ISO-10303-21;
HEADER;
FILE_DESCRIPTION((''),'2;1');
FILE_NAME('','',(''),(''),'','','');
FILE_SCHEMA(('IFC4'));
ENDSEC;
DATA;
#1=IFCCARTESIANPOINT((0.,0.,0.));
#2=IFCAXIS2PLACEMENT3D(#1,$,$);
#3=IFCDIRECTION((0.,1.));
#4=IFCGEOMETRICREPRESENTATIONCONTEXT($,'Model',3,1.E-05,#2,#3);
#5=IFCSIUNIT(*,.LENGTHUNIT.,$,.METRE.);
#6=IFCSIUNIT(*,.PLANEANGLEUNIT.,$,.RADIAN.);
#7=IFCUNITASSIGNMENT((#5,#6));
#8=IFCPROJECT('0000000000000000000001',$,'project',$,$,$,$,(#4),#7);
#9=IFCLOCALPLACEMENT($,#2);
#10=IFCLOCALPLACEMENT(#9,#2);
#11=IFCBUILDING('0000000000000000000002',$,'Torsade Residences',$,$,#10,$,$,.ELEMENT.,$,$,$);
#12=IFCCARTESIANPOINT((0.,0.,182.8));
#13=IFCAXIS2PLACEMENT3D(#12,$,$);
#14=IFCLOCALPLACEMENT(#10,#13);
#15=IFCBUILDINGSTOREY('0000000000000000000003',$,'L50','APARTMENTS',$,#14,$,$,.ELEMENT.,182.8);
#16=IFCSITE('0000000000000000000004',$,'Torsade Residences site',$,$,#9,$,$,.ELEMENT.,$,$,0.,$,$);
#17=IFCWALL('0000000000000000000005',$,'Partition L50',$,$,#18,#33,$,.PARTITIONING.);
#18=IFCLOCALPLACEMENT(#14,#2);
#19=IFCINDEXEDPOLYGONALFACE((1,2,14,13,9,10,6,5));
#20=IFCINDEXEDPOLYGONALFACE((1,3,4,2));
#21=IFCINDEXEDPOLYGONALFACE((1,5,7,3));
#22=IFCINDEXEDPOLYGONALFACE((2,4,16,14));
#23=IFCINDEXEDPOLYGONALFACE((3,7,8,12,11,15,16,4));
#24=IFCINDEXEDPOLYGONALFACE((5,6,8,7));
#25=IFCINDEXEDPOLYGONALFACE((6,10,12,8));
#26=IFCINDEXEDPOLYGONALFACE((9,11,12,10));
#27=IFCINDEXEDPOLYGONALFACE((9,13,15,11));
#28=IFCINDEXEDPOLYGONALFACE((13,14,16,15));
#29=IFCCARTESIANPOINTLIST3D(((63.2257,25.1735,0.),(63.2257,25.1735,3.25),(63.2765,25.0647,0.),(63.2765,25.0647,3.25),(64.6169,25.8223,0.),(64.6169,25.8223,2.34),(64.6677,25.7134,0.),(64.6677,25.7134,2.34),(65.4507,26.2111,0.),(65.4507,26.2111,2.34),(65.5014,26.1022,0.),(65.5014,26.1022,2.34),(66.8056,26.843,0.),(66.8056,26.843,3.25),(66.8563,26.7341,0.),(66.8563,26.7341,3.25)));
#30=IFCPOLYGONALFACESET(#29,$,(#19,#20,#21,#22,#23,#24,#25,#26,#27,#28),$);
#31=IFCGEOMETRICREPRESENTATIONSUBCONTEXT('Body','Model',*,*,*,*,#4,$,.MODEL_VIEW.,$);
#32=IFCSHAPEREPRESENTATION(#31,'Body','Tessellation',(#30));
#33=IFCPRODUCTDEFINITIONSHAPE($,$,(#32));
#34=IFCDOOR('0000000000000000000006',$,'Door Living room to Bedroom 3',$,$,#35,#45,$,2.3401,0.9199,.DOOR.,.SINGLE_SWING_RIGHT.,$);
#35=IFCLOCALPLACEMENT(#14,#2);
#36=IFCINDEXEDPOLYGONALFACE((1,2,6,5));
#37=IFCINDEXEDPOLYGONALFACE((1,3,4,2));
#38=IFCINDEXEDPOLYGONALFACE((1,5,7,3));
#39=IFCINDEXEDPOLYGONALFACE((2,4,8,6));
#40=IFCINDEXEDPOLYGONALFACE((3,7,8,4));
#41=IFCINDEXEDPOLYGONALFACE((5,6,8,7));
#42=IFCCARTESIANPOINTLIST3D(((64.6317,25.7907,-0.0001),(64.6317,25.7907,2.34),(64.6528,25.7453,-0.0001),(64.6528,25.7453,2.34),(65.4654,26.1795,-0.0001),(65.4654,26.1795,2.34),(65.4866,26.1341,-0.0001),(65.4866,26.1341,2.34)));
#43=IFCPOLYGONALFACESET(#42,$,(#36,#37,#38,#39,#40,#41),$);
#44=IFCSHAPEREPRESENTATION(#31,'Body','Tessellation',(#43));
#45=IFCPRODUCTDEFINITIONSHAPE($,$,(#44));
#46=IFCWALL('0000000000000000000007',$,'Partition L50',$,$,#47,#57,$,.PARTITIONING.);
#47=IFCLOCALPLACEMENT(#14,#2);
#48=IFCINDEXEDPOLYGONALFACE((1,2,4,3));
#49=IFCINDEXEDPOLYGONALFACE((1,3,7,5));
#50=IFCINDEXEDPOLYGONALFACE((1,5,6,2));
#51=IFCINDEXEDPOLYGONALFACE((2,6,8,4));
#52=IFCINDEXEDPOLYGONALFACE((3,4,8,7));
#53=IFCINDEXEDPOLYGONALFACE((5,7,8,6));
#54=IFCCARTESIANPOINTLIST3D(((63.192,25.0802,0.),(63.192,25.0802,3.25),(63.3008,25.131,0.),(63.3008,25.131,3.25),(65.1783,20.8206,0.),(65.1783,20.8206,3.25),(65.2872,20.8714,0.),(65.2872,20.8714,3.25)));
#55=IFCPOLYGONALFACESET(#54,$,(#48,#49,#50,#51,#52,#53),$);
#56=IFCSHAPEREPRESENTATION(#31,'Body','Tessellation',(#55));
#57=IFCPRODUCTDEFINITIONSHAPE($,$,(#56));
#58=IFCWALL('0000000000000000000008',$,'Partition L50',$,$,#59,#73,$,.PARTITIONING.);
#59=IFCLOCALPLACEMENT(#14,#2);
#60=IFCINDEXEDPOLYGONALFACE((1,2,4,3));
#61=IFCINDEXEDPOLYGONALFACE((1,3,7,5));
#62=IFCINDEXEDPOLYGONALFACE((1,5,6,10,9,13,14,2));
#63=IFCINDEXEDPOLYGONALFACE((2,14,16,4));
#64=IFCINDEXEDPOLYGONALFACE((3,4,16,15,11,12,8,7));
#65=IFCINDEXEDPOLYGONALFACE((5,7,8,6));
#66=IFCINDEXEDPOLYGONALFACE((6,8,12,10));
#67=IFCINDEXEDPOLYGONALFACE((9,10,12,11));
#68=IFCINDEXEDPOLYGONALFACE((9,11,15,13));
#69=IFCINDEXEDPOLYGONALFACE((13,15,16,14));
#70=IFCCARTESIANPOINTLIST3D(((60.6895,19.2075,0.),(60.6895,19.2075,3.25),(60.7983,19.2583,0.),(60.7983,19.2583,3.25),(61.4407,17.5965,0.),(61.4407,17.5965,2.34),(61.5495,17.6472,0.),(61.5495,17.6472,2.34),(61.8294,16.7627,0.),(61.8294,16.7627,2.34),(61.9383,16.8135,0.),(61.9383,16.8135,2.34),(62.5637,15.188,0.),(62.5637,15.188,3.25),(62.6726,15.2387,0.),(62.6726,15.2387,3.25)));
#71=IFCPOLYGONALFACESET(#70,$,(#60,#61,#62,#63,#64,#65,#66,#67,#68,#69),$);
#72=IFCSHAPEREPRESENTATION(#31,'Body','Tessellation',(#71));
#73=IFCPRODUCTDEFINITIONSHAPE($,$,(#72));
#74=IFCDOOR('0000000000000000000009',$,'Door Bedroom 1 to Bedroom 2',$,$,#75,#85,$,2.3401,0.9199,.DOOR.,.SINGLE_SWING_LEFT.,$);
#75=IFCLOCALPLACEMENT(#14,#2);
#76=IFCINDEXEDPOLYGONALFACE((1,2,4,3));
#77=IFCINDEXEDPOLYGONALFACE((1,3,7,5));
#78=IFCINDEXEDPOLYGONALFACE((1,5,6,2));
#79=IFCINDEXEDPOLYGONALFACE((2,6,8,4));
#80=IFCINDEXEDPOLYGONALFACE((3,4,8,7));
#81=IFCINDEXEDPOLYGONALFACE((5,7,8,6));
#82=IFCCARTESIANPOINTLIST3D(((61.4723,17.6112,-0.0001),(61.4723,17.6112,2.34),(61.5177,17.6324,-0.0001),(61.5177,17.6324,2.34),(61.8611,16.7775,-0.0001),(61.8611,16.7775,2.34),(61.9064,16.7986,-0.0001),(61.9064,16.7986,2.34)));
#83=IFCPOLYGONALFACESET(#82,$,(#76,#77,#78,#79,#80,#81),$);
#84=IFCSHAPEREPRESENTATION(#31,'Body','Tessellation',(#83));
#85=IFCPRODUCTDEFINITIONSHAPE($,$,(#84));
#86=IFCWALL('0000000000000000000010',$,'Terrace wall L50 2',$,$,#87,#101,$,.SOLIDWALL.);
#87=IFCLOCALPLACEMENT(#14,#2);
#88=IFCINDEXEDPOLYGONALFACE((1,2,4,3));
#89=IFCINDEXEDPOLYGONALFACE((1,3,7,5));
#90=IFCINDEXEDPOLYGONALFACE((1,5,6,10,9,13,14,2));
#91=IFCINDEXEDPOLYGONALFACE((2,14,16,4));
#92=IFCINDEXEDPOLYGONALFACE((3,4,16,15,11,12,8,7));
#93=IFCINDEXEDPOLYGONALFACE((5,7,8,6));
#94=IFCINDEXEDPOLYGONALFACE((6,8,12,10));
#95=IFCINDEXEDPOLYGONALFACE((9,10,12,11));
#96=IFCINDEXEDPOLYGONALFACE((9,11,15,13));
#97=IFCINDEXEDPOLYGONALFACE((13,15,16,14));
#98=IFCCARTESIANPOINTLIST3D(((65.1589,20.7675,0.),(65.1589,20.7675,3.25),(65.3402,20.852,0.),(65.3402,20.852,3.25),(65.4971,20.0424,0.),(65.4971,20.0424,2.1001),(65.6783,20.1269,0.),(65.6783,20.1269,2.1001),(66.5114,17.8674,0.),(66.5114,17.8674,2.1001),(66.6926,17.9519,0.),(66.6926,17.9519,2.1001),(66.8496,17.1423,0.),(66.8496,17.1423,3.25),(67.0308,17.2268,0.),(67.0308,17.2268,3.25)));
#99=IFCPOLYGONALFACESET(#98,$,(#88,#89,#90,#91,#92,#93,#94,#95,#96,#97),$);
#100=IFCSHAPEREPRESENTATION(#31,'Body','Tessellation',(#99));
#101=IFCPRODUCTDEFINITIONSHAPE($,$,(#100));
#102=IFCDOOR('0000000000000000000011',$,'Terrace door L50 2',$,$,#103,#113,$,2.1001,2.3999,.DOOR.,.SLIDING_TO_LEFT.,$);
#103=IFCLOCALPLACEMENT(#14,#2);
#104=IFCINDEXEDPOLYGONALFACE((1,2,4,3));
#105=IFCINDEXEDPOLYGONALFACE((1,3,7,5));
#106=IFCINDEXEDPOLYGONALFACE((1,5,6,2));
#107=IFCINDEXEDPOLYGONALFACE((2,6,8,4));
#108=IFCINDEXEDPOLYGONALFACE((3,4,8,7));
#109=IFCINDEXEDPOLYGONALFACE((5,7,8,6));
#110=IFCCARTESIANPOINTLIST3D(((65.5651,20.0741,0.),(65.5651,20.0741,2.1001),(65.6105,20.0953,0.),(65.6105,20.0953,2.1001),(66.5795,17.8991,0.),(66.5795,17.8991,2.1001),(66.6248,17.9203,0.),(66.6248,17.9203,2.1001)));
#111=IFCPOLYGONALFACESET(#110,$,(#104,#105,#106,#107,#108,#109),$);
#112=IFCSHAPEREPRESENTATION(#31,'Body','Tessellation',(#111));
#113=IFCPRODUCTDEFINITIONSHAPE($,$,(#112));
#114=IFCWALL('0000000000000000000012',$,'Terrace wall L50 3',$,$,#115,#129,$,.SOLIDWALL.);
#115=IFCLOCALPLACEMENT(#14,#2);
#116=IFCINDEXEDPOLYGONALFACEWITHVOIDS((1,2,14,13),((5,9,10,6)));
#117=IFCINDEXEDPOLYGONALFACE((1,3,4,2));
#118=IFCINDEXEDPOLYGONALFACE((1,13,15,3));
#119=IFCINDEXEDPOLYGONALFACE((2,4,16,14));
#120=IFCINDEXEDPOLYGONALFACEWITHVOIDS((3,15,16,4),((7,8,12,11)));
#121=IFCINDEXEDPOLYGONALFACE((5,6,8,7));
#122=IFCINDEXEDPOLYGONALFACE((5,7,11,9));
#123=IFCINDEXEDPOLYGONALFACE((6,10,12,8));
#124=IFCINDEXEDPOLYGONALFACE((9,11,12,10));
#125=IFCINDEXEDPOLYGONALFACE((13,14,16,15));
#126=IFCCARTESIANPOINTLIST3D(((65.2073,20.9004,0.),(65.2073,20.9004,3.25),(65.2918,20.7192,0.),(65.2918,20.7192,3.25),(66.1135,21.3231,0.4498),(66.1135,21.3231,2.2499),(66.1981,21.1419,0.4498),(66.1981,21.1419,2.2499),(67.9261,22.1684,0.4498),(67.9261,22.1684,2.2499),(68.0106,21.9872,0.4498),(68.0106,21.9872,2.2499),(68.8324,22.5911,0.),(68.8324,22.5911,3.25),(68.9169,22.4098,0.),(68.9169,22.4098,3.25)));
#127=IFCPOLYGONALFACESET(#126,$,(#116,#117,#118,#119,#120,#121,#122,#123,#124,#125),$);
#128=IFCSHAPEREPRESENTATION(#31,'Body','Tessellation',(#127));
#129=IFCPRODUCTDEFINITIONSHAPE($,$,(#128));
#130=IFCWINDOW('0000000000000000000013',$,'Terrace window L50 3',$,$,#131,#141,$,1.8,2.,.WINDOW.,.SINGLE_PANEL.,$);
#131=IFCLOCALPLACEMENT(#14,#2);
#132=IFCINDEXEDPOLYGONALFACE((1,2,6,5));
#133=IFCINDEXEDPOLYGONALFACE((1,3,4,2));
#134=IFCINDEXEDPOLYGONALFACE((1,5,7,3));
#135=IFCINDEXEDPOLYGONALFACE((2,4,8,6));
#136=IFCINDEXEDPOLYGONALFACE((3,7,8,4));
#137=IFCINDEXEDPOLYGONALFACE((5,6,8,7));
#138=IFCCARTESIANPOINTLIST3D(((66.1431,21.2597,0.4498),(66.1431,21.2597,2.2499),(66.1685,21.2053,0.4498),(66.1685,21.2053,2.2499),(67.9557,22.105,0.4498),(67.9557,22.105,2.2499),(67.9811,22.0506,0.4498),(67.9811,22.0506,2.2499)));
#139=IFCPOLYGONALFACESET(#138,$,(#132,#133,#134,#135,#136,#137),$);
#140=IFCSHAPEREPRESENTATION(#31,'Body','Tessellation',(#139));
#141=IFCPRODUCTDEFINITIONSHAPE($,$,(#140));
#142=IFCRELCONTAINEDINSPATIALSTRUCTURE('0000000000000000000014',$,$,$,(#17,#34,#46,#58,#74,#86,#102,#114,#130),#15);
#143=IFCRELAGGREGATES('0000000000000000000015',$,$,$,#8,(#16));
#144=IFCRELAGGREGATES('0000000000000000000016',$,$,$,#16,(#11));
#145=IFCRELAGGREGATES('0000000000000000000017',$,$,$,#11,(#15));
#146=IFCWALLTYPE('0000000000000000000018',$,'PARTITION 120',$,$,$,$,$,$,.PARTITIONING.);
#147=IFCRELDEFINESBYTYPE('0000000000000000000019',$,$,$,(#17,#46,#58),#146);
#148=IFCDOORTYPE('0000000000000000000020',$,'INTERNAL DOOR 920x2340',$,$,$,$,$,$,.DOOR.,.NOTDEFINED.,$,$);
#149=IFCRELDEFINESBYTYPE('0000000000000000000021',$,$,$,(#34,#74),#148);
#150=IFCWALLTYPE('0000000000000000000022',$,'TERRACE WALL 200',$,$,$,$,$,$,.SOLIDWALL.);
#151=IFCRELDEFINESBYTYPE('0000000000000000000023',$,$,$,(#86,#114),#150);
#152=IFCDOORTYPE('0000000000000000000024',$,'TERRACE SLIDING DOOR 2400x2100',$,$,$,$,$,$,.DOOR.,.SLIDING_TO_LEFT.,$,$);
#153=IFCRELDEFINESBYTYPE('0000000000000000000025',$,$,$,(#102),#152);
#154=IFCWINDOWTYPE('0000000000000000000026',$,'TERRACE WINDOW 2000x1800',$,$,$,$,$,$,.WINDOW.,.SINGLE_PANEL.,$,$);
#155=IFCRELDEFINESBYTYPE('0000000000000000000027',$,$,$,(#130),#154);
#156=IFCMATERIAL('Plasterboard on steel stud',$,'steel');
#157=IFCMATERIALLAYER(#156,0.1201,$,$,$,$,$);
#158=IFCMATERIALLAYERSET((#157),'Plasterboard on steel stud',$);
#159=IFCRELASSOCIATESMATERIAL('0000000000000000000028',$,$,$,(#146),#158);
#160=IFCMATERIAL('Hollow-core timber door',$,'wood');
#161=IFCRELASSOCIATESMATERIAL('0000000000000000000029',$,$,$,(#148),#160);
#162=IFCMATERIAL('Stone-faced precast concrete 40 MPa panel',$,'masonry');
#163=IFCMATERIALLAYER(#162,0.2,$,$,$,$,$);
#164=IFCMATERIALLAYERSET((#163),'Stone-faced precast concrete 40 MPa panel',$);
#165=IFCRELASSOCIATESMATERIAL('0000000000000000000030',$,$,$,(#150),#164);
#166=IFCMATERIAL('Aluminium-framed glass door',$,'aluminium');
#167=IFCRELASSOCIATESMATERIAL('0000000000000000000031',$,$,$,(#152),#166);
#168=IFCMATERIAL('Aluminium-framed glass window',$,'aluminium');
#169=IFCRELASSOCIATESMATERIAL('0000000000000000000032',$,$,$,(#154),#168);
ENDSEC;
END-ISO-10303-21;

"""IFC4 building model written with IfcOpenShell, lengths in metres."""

from ifc_helpers import new_model, si_unit, direction, frame, frame_2d, origin, place, context, subcontext, project, spatial, rectangle, extrude, material, layer, layer_set, type_object, element, fill, save


model = new_model("IFC4")

# Units and contexts
model_context = context("Model", 3, precision=1e-05, world=origin(), true_north=direction((0.0, 1.0)))
body_context = subcontext(model_context, "Body", "Model", "MODEL_VIEW")
ifc_project = project(units=[si_unit("LENGTHUNIT", "METRE"), si_unit("PLANEANGLEUNIT", "RADIAN")], contexts=[model_context])

# Site, building, storey
site_placement = place(None, origin())
site = spatial("IfcSite", under=ifc_project, at=site_placement, Name="Torsade Residences site", CompositionType="ELEMENT", RefElevation=0.0)
building_placement = place(site_placement, origin())
building = spatial("IfcBuilding", under=site, at=building_placement, Name="Torsade Residences", CompositionType="ELEMENT")
storey_placement = place(building_placement, frame((0.0, 0.0, 182.8)))
storey = spatial("IfcBuildingStorey", under=building, at=storey_placement, Name="L50", Description="APARTMENTS", CompositionType="ELEMENT", Elevation=182.8)

# Shared definitions
ifc_material_1 = material(Name="Plasterboard on steel stud", Category="steel")
ifc_layer_1 = layer(ifc_material_1, 0.1201)
ifc_layer_set_1 = layer_set([ifc_layer_1], Name="Plasterboard on steel stud")
wall_type_1 = type_object("IfcWallType", Name="PARTITION 120", PredefinedType="PARTITIONING", material=ifc_layer_set_1)

# Wall, opening, door
wall_1_placement = place(storey_placement, frame((66.8311, 26.7886, 0.0), z_axis=(0.0, 0.0, 1.0), x_axis=(-0.906295, -0.422645, 0.0)))
wall_1 = element("IfcWall", 1, at=wall_1_placement, inside=storey, type_object=wall_type_1, Name="Partition L50", PredefinedType="PARTITIONING", context=body_context, shape_type="SweptSolid", body=[
    extrude(rectangle(XDim=3.95, YDim=0.1201, at=frame_2d((1.9751, 0.0))), origin(), (0.0, 0.0, 1.0), 3.25),
])
opening_1_placement = place(wall_1_placement, frame((1.4951, 0.0, 0.0)))
opening_1 = element("IfcOpeningElement", 2, at=opening_1_placement, cuts=wall_1, PredefinedType="OPENING", context=body_context, shape_type="SweptSolid", body=[
    extrude(rectangle(XDim=0.9199, YDim=2.3401, at=frame_2d((0.46, 1.1699))), frame((0.0, 0.0701, 0.0), z_axis=(0.0, -1.0, 0.0), x_axis=(1.0, 0.0, 0.0)), (0.0, 0.0, 1.0), 0.1401),
])
ifc_material_2 = material(Name="Hollow-core timber door", Category="wood")
door_type_1 = type_object("IfcDoorType", Name="INTERNAL DOOR 920x2340", OperationType="NOTDEFINED", PredefinedType="DOOR", material=ifc_material_2)
door_1_placement = place(opening_1_placement, origin())
door_1 = element("IfcDoor", 3, at=door_1_placement, inside=storey, type_object=door_type_1, Name="Door Living room to Bedroom 3", OperationType="SINGLE_SWING_RIGHT", OverallHeight=2.3401, OverallWidth=0.9199, PredefinedType="DOOR", context=body_context, shape_type="SweptSolid", body=[
    extrude(rectangle(XDim=0.9199, YDim=2.3401, at=frame_2d((0.46, 1.1699))), frame((0.0, 0.0249, 0.0), z_axis=(0.0, -1.0, 0.0), x_axis=(1.0, 0.0, 0.0)), (0.0, 0.0, 1.0), 0.05),
])
fill(opening_1, door_1)

# Wall
wall_2_placement = place(storey_placement, frame((63.2463, 25.1057, 0.0), z_axis=(0.0, 0.0, 1.0), x_axis=(0.422632, -0.906301, 0.0)))
element("IfcWall", 4, at=wall_2_placement, inside=storey, type_object=wall_type_1, Name="Partition L50", PredefinedType="PARTITIONING", context=body_context, shape_type="SweptSolid", body=[
    extrude(rectangle(XDim=4.7, YDim=0.1201, at=frame_2d((2.3501, 0.0))), origin(), (0.0, 0.0, 1.0), 3.25),
])

# Walls, openings, doors
wall_3_placement = place(storey_placement, frame((60.7439, 19.2329, 0.0), z_axis=(0.0, 0.0, 1.0), x_axis=(0.422605, -0.906314, 0.0)))
wall_3 = element("IfcWall", 5, at=wall_3_placement, inside=storey, type_object=wall_type_1, Name="Partition L50", PredefinedType="PARTITIONING", context=body_context, shape_type="SweptSolid", body=[
    extrude(rectangle(XDim=4.4351, YDim=0.1201, at=frame_2d((2.2175, 0.0))), origin(), (0.0, 0.0, 1.0), 3.25),
])
opening_2_placement = place(wall_3_placement, frame((1.7776, 0.0, 0.0)))
opening_2 = element("IfcOpeningElement", 6, at=opening_2_placement, cuts=wall_3, PredefinedType="OPENING", context=body_context, shape_type="SweptSolid", body=[
    extrude(rectangle(XDim=0.9199, YDim=2.3401, at=frame_2d((0.46, 1.1699))), frame((0.0, 0.0701, 0.0), z_axis=(0.0, -1.0, 0.0), x_axis=(1.0, 0.0, 0.0)), (0.0, 0.0, 1.0), 0.1401),
])
door_2_placement = place(opening_2_placement, origin())
door_2 = element("IfcDoor", 7, at=door_2_placement, inside=storey, type_object=door_type_1, Name="Door Bedroom 1 to Bedroom 2", OperationType="SINGLE_SWING_LEFT", OverallHeight=2.3401, OverallWidth=0.9199, PredefinedType="DOOR", context=body_context, shape_type="SweptSolid", body=[
    extrude(rectangle(XDim=0.9199, YDim=2.3401, at=frame_2d((0.46, 1.1699))), frame((0.0, 0.0249, 0.0), z_axis=(0.0, -1.0, 0.0), x_axis=(1.0, 0.0, 0.0)), (0.0, 0.0, 1.0), 0.05),
])
fill(opening_2, door_2)
ifc_material_3 = material(Name="Stone-faced precast concrete 40 MPa panel", Category="masonry")
ifc_layer_2 = layer(ifc_material_3, 0.2)
ifc_layer_set_2 = layer_set([ifc_layer_2], Name="Stone-faced precast concrete 40 MPa panel")
wall_type_2 = type_object("IfcWallType", Name="TERRACE WALL 200", PredefinedType="SOLIDWALL", material=ifc_layer_set_2)
wall_4_placement = place(storey_placement, frame((66.9402, 17.1846, 0.0), z_axis=(0.0, 0.0, 1.0), x_axis=(-0.422658, 0.906289, 0.0)))
wall_4 = element("IfcWall", 8, at=wall_4_placement, inside=storey, type_object=wall_type_2, Name="Terrace wall L50 2", PredefinedType="SOLIDWALL", context=body_context, shape_type="SweptSolid", body=[
    extrude(rectangle(XDim=4.0, YDim=0.2, at=frame_2d((2.0, 0.0))), origin(), (0.0, 0.0, 1.0), 3.25),
])
opening_3_placement = place(wall_4_placement, frame((0.8, 0.0, 0.0)))
opening_3 = element("IfcOpeningElement", 9, at=opening_3_placement, cuts=wall_4, PredefinedType="OPENING", context=body_context, shape_type="SweptSolid", body=[
    extrude(rectangle(XDim=2.3999, YDim=2.1001, at=frame_2d((1.2, 1.05))), frame((0.0, 0.1099, 0.0), z_axis=(0.0, -1.0, 0.0), x_axis=(1.0, 0.0, 0.0)), (0.0, 0.0, 1.0), 0.22),
])
ifc_material_4 = material(Name="Aluminium-framed glass door", Category="aluminium")
door_type_2 = type_object("IfcDoorType", Name="TERRACE SLIDING DOOR 2400x2100", OperationType="SLIDING_TO_LEFT", PredefinedType="DOOR", material=ifc_material_4)
door_3_placement = place(opening_3_placement, origin())
door_3 = element("IfcDoor", 10, at=door_3_placement, inside=storey, type_object=door_type_2, Name="Terrace door L50 2", OperationType="SLIDING_TO_LEFT", OverallHeight=2.1001, OverallWidth=2.3999, PredefinedType="DOOR", context=body_context, shape_type="SweptSolid", body=[
    extrude(rectangle(XDim=2.3999, YDim=2.1001, at=frame_2d((1.2, 1.05))), frame((0.0, 0.0249, 0.0), z_axis=(0.0, -1.0, 0.0), x_axis=(1.0, 0.0, 0.0)), (0.0, 0.0, 1.0), 0.05),
])
fill(opening_3, door_3)

# Wall, opening, window
wall_5_placement = place(storey_placement, frame((65.2495, 20.8098, 0.0), z_axis=(0.0, 0.0, 1.0), x_axis=(0.906289, 0.422658, 0.0)))
wall_5 = element("IfcWall", 11, at=wall_5_placement, inside=storey, type_object=wall_type_2, Name="Terrace wall L50 3", PredefinedType="SOLIDWALL", context=body_context, shape_type="SweptSolid", body=[
    extrude(rectangle(XDim=4.0, YDim=0.2, at=frame_2d((2.0, 0.0))), origin(), (0.0, 0.0, 1.0), 3.25),
])
opening_4_placement = place(wall_5_placement, frame((1.0, 0.0, 0.45)))
opening_4 = element("IfcOpeningElement", 12, at=opening_4_placement, cuts=wall_5, PredefinedType="OPENING", context=body_context, shape_type="SweptSolid", body=[
    extrude(rectangle(XDim=2.0, YDim=1.8, at=frame_2d((1.0, 0.8999))), frame((0.0, 0.1099, 0.0), z_axis=(0.0, -1.0, 0.0), x_axis=(1.0, 0.0, 0.0)), (0.0, 0.0, 1.0), 0.22),
])
ifc_material_5 = material(Name="Aluminium-framed glass window", Category="aluminium")
window_type = type_object("IfcWindowType", Name="TERRACE WINDOW 2000x1800", PartitioningType="SINGLE_PANEL", PredefinedType="WINDOW", material=ifc_material_5)
window_placement = place(opening_4_placement, origin())
window = element("IfcWindow", 13, at=window_placement, inside=storey, type_object=window_type, Name="Terrace window L50 3", OverallHeight=1.8, OverallWidth=2.0, PartitioningType="SINGLE_PANEL", PredefinedType="WINDOW", context=body_context, shape_type="SweptSolid", body=[
    extrude(rectangle(XDim=2.0, YDim=1.8, at=frame_2d((1.0, 0.8999))), frame((0.0, 0.03, 0.0), z_axis=(0.0, -1.0, 0.0), x_axis=(1.0, 0.0, 0.0)), (0.0, 0.0, 1.0), 0.0601),
])
fill(opening_4, window)

save(model, "model.ifc")
